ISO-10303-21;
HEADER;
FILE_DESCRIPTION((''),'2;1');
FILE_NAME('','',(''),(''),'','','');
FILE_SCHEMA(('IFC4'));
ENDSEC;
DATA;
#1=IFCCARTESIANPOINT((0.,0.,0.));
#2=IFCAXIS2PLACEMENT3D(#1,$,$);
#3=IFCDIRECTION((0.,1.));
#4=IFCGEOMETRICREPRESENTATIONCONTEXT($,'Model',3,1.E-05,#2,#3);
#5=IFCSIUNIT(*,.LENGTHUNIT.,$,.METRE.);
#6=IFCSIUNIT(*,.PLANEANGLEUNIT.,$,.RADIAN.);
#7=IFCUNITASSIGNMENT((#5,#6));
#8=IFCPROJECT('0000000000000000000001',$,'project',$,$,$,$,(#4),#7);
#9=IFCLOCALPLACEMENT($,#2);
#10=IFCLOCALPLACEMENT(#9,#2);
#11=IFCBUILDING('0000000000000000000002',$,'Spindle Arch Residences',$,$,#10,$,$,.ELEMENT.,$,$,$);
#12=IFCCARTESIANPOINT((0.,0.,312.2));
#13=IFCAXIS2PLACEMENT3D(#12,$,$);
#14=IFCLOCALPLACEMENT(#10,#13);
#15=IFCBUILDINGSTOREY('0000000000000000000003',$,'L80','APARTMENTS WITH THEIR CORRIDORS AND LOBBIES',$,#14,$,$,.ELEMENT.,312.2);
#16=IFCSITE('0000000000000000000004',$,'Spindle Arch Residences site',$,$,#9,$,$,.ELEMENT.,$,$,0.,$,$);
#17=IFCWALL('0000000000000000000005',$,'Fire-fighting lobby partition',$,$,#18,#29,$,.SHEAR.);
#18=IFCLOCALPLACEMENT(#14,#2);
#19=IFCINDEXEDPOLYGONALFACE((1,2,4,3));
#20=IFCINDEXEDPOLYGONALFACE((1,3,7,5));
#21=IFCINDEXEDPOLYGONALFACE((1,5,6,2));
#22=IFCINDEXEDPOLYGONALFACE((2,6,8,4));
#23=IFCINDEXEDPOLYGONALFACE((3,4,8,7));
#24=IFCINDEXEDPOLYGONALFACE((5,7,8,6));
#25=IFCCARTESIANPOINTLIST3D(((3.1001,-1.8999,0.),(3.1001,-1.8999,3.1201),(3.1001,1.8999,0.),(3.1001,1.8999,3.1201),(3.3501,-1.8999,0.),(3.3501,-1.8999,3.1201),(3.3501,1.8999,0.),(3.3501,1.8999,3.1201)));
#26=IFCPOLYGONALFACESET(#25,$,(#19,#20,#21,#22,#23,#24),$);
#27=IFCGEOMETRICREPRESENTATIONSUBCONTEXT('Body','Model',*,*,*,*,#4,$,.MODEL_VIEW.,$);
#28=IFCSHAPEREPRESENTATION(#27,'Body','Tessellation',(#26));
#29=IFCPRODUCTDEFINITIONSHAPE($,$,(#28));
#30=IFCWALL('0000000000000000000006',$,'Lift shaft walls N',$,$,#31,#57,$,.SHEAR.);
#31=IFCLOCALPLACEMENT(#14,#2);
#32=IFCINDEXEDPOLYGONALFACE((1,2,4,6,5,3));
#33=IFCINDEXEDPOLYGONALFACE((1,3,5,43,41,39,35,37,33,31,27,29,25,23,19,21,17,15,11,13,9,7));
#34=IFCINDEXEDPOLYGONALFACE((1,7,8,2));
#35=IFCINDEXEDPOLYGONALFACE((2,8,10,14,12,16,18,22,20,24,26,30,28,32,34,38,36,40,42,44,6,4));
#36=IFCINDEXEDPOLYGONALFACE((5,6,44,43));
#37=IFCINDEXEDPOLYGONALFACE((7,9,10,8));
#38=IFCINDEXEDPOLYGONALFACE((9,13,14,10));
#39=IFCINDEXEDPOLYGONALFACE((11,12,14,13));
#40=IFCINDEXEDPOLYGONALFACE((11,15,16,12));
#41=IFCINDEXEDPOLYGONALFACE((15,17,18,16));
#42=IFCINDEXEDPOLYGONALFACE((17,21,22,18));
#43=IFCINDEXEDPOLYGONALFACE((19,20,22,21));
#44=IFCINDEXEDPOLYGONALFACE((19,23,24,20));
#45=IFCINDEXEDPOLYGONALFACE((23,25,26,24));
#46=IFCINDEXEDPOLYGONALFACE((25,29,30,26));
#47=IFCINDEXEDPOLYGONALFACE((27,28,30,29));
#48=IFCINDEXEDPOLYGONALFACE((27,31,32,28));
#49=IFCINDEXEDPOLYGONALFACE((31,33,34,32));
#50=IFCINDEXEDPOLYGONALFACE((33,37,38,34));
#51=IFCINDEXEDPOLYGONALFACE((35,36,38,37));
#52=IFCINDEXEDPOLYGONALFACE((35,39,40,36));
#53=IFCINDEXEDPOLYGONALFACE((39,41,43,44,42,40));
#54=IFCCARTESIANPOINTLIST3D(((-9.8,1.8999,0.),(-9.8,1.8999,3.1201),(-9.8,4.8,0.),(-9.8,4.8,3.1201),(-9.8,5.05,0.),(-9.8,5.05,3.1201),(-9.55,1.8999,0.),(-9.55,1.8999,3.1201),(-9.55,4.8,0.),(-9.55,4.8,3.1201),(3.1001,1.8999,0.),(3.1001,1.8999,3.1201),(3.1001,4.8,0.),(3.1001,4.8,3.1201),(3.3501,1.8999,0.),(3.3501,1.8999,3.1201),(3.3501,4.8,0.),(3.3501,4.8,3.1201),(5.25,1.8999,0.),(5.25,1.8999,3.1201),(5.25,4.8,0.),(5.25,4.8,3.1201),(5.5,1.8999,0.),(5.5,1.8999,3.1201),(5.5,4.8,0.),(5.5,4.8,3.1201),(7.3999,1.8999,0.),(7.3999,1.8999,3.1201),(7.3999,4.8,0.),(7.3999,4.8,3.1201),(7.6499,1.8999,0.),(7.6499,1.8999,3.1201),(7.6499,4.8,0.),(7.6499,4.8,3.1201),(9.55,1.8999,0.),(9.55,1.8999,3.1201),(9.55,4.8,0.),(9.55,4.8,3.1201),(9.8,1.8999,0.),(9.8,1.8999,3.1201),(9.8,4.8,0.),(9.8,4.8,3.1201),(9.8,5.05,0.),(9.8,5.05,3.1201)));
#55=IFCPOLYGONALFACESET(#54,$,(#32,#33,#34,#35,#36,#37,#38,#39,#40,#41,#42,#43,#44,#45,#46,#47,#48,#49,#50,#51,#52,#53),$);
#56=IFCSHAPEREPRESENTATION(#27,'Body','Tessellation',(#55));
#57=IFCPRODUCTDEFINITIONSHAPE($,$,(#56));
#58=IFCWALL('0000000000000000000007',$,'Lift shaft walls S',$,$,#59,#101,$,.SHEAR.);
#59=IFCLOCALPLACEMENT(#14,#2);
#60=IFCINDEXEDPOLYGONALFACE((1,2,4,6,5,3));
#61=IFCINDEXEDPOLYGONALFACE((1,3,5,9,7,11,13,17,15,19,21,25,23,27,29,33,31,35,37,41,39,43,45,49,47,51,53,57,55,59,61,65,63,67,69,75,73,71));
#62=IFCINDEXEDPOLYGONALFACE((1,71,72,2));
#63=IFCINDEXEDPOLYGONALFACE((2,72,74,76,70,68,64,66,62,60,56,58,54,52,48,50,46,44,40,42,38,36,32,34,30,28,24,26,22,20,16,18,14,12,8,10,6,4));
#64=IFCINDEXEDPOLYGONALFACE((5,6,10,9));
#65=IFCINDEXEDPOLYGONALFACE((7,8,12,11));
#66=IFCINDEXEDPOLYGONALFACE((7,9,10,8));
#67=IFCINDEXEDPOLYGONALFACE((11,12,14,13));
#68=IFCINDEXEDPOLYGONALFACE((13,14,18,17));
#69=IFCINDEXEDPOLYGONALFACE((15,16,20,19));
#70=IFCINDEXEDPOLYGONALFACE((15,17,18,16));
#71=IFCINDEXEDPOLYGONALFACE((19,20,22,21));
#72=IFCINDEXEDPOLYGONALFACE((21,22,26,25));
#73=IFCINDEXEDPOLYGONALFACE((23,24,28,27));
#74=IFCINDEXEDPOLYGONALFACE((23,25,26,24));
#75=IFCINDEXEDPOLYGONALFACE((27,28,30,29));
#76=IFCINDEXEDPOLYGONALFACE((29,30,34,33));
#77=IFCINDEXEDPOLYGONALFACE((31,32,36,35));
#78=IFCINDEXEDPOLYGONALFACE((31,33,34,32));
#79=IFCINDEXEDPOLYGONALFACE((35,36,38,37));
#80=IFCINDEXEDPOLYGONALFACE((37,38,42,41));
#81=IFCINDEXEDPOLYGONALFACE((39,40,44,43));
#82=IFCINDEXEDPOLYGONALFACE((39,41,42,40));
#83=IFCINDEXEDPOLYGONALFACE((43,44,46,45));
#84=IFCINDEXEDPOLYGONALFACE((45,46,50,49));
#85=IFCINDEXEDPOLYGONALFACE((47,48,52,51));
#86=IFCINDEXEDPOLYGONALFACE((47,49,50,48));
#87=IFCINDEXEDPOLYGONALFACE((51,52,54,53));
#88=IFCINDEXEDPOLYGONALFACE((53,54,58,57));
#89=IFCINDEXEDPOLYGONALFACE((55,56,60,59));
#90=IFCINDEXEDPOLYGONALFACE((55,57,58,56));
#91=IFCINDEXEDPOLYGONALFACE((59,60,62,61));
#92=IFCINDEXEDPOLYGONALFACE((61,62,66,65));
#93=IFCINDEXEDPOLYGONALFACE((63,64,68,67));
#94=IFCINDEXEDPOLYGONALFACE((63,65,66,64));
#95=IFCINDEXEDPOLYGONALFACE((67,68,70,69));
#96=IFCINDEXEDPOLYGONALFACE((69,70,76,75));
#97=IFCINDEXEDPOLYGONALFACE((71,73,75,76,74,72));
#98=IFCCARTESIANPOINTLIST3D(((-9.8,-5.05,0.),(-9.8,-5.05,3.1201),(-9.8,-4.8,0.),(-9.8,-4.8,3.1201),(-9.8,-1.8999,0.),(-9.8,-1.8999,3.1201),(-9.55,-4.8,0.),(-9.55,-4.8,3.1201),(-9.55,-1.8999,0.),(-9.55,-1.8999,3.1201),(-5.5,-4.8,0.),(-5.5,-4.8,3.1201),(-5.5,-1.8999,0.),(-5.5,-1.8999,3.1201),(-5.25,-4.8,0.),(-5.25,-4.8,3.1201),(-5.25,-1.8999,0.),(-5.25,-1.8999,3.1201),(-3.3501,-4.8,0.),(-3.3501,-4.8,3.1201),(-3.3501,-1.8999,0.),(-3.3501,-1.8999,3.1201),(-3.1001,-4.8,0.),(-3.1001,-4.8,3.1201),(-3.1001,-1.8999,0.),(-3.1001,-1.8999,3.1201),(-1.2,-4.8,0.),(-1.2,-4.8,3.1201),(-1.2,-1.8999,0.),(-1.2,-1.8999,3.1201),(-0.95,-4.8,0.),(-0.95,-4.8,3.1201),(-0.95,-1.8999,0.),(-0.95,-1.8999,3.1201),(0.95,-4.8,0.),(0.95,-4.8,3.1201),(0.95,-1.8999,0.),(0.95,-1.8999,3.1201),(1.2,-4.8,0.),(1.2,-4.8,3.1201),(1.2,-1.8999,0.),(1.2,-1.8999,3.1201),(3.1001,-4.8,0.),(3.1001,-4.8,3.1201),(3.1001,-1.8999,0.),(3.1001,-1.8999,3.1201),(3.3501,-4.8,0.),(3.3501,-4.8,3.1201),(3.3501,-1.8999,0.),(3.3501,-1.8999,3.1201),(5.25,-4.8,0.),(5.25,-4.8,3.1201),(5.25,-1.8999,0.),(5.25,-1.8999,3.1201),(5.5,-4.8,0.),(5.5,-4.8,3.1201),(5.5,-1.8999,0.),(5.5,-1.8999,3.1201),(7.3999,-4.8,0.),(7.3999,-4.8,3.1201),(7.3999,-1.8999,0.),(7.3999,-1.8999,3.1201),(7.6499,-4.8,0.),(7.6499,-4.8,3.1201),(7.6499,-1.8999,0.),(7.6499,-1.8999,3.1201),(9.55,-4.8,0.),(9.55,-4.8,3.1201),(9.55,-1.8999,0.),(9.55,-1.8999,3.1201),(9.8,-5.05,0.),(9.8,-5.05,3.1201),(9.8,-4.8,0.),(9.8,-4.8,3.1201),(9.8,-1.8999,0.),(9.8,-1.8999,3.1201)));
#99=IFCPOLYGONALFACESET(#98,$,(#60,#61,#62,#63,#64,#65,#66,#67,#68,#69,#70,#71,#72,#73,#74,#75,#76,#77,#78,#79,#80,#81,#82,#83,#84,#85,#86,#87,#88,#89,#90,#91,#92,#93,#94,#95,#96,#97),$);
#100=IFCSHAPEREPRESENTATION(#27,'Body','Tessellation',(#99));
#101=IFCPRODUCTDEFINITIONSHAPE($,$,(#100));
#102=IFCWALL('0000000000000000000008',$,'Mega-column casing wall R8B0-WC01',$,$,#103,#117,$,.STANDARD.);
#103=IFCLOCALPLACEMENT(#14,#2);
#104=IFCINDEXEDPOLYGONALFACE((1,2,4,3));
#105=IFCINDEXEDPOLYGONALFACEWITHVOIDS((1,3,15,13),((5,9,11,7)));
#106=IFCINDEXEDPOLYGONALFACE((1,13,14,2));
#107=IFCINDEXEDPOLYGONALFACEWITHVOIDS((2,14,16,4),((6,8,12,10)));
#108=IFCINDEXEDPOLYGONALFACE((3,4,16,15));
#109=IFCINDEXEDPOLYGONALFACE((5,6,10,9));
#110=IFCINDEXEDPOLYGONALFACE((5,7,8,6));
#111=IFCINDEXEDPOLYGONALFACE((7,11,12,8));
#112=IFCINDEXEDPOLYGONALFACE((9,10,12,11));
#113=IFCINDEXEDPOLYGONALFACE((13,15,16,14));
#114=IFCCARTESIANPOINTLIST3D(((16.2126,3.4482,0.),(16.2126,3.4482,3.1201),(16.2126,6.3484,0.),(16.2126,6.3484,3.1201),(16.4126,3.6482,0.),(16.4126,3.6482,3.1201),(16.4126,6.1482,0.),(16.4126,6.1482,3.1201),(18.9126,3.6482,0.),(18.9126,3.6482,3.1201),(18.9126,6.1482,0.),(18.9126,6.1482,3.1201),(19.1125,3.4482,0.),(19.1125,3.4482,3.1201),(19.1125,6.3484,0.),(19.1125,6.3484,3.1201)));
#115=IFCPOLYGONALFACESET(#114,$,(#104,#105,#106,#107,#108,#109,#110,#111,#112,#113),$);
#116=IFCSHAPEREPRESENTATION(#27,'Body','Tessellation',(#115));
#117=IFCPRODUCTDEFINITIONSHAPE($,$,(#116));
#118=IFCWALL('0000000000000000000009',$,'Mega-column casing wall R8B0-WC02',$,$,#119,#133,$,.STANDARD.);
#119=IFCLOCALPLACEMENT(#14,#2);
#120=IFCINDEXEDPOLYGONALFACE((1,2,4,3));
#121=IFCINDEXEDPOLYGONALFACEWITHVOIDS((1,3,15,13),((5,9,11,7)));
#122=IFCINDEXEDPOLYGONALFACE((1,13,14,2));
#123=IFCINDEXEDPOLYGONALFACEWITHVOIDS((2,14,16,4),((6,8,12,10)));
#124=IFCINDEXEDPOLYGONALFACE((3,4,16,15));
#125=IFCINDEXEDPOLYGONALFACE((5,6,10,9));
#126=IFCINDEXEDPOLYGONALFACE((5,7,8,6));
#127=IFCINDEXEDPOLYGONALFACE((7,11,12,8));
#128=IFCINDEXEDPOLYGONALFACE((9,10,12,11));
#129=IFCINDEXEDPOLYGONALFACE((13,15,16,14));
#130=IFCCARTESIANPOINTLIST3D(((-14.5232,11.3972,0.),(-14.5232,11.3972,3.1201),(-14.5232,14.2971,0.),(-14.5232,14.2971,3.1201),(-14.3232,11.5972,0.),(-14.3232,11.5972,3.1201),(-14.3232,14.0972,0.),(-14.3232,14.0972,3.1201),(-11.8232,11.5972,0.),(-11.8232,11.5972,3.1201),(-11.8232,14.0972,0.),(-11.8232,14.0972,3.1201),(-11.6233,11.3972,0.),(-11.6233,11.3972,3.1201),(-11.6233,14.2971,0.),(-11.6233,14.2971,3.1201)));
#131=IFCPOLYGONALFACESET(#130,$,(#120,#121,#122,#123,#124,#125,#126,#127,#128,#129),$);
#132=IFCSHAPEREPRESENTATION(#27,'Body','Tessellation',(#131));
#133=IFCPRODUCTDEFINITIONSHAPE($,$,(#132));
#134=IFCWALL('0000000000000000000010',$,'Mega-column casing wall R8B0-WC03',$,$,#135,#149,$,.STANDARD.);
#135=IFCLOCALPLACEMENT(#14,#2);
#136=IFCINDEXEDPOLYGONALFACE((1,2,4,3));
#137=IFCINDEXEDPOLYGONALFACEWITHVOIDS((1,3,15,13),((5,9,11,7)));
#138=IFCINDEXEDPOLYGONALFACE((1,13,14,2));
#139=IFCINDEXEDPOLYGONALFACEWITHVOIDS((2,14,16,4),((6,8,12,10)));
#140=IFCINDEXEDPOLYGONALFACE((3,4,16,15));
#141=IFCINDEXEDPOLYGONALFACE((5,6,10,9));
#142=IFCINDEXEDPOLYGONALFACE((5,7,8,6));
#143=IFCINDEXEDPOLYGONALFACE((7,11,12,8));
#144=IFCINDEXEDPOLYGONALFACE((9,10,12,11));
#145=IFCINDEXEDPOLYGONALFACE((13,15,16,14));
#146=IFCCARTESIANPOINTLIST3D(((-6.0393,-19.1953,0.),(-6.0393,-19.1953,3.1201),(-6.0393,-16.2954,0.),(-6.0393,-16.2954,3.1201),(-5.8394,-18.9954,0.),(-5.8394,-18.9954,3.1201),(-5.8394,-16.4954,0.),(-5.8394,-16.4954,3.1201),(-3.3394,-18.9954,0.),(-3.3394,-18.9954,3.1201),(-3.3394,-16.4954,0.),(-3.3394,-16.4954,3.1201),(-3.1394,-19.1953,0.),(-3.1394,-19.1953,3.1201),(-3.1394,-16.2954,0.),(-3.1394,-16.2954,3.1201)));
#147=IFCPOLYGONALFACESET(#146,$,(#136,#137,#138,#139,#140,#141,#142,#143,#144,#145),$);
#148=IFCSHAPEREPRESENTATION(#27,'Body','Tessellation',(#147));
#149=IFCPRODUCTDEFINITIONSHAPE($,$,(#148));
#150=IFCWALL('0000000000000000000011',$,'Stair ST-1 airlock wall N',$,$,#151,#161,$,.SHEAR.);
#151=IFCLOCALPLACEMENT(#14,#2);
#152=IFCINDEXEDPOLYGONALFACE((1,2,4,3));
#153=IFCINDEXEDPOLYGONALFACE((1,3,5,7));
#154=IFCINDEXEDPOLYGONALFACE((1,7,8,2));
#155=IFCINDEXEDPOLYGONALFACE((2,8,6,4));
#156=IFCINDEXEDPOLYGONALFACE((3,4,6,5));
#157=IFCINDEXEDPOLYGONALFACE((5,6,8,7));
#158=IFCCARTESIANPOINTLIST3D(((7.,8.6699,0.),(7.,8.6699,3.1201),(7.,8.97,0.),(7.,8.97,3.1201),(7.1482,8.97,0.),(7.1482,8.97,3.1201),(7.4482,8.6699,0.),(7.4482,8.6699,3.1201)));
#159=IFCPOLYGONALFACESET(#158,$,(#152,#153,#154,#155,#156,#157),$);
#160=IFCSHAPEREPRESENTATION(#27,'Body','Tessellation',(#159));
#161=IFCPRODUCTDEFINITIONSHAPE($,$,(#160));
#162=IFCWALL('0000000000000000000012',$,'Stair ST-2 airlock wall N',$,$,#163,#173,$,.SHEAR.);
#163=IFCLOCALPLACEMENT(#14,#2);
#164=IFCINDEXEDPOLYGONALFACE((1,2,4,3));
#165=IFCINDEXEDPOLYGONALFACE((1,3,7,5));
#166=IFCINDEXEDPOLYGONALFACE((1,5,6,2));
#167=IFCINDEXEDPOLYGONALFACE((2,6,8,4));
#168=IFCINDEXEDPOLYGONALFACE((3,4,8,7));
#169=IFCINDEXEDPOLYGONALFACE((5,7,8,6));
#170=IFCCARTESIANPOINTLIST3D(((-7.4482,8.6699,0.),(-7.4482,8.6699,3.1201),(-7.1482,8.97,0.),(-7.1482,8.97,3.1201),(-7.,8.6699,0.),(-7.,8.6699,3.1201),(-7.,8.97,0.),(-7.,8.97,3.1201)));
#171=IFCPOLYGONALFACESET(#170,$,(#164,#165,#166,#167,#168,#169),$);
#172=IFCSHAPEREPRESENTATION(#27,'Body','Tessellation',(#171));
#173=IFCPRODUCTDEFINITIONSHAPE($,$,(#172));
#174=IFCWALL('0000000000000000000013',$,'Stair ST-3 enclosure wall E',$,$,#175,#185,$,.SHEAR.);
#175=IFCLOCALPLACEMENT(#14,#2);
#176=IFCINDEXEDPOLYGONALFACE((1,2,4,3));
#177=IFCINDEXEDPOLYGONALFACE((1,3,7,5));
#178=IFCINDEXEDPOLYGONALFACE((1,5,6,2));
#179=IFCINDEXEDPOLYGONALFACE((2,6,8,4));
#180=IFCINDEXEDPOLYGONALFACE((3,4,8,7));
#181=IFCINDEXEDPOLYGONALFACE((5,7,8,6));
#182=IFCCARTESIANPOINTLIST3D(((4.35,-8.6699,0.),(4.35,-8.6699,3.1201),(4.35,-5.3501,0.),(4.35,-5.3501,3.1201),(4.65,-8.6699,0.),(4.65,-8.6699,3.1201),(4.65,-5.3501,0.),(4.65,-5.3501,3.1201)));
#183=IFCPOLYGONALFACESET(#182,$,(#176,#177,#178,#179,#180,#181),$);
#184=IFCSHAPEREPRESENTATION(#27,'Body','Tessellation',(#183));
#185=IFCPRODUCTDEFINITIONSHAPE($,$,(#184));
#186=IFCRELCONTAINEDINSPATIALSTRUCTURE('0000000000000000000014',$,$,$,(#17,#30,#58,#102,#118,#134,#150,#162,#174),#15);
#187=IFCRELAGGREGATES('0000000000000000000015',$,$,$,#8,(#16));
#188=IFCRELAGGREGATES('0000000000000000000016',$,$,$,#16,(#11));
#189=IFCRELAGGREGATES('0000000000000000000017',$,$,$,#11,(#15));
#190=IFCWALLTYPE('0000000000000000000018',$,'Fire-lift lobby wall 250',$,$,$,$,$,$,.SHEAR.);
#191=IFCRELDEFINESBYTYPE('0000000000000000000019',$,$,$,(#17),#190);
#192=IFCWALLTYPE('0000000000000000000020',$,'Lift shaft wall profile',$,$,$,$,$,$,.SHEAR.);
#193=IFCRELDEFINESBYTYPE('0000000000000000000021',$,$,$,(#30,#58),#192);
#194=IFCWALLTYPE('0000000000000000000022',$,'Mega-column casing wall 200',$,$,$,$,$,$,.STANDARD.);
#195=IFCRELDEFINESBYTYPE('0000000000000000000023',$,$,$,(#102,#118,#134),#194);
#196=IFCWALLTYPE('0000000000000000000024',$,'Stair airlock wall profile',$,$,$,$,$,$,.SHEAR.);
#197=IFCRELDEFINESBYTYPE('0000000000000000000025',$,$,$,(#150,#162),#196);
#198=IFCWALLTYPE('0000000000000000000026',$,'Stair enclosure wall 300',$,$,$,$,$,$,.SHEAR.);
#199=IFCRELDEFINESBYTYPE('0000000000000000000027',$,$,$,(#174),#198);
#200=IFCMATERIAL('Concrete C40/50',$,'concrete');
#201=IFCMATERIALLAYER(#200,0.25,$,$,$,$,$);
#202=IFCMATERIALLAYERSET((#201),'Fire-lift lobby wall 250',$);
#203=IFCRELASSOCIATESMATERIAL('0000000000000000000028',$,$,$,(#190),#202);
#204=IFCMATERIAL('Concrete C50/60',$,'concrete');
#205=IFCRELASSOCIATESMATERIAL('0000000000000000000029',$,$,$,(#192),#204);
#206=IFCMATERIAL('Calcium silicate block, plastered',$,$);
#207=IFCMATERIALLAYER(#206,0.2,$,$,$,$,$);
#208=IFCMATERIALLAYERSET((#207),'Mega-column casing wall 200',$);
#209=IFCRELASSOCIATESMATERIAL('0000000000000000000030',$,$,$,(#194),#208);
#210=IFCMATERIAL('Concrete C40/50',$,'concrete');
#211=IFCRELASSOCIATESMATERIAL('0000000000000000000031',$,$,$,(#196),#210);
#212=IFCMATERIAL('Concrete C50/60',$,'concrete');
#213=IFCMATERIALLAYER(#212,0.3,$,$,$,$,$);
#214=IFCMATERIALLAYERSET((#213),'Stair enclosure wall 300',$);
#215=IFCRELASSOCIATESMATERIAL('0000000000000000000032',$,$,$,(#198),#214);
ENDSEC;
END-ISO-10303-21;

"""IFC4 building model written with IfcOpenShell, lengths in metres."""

from ifc_helpers import new_model, si_unit, direction, frame, frame_2d, origin, place, context, subcontext, project, spatial, polyline, rectangle, outline, extrude, material, layer, layer_set, type_object, element, save


model = new_model("IFC4")

# Units and contexts
model_context = context("Model", 3, precision=1e-05, world=origin(), true_north=direction((0.0, 1.0)))
body_context = subcontext(model_context, "Body", "Model", "MODEL_VIEW")
ifc_project = project(units=[si_unit("LENGTHUNIT", "METRE"), si_unit("PLANEANGLEUNIT", "RADIAN")], contexts=[model_context])

# Site, building, storey
site_placement = place(None, origin())
site = spatial("IfcSite", under=ifc_project, at=site_placement, Name="Spindle Arch Residences site", CompositionType="ELEMENT", RefElevation=0.0)
building_placement = place(site_placement, origin())
building = spatial("IfcBuilding", under=site, at=building_placement, Name="Spindle Arch Residences", CompositionType="ELEMENT")
storey_placement = place(building_placement, frame((0.0, 0.0, 312.2)))
storey = spatial("IfcBuildingStorey", under=building, at=storey_placement, Name="L80", Description="APARTMENTS WITH THEIR CORRIDORS AND LOBBIES", CompositionType="ELEMENT", Elevation=312.2)

# Wall
ifc_material_1 = material(Name="Concrete C40/50", Category="concrete")
ifc_layer_1 = layer(ifc_material_1, 0.25)
ifc_layer_set_1 = layer_set([ifc_layer_1], Name="Fire-lift lobby wall 250")
wall_type_1 = type_object("IfcWallType", Name="Fire-lift lobby wall 250", PredefinedType="SHEAR", material=ifc_layer_set_1)
wall_1_placement = place(storey_placement, frame((3.2251, -1.8999, 0.0), z_axis=(0.0, 0.0, 1.0), x_axis=(0.0, 1.0, 0.0)))
element("IfcWall", 1, at=wall_1_placement, inside=storey, type_object=wall_type_1, Name="Fire-fighting lobby partition", PredefinedType="SHEAR", context=body_context, shape_type="SweptSolid", body=[
    extrude(rectangle(XDim=3.7998, YDim=0.25, at=frame_2d((1.8999, 0.0))), origin(), (0.0, 0.0, 1.0), 3.1201),
])

# Walls
ifc_material_2 = material(Name="Concrete C50/60", Category="concrete")
wall_type_2 = type_object("IfcWallType", Name="Lift shaft wall profile", PredefinedType="SHEAR", material=ifc_material_2)
wall_2_placement = place(storey_placement, origin())
element("IfcWall", 2, at=wall_2_placement, inside=storey, type_object=wall_type_2, Name="Lift shaft walls N", PredefinedType="SHEAR", context=body_context, shape_type="SweptSolid", body=[
    extrude(outline(polyline([(-9.8, 1.8999), (-9.55, 1.8999), (-9.55, 4.8), (3.1001, 4.8), (3.1001, 1.8999), (3.3501, 1.8999), (3.3501, 4.8), (5.25, 4.8), (5.25, 1.8999), (5.5, 1.8999), (5.5, 4.8), (7.3999, 4.8), (7.3999, 1.8999), (7.6499, 1.8999), (7.6499, 4.8), (9.55, 4.8), (9.55, 1.8999), (9.8, 1.8999), (9.8, 4.8), (9.8, 5.05), (-9.8, 5.05), (-9.8, 4.8), (-9.8, 1.8999)])), origin(), (0.0, 0.0, 1.0), 3.1201),
])
wall_3_placement = place(storey_placement, origin())
element("IfcWall", 3, at=wall_3_placement, inside=storey, type_object=wall_type_2, Name="Lift shaft walls S", PredefinedType="SHEAR", context=body_context, shape_type="SweptSolid", body=[
    extrude(outline(polyline([(9.8, -5.05), (9.8, -4.8), (9.8, -1.8999), (9.55, -1.8999), (9.55, -4.8), (7.6499, -4.8), (7.6499, -1.8999), (7.3999, -1.8999), (7.3999, -4.8), (5.5, -4.8), (5.5, -1.8999), (5.25, -1.8999), (5.25, -4.8), (3.3501, -4.8), (3.3501, -1.8999), (3.1001, -1.8999), (3.1001, -4.8), (1.2, -4.8), (1.2, -1.8999), (0.95, -1.8999), (0.95, -4.8), (-0.95, -4.8), (-0.95, -1.8999), (-1.2, -1.8999), (-1.2, -4.8), (-3.1001, -4.8), (-3.1001, -1.8999), (-3.3501, -1.8999), (-3.3501, -4.8), (-5.25, -4.8), (-5.25, -1.8999), (-5.5, -1.8999), (-5.5, -4.8), (-9.55, -4.8), (-9.55, -1.8999), (-9.8, -1.8999), (-9.8, -4.8), (-9.8, -5.05), (9.8, -5.05)])), origin(), (0.0, 0.0, 1.0), 3.1201),
])
ifc_material_3 = material(Name="Calcium silicate block, plastered")
ifc_layer_2 = layer(ifc_material_3, 0.2)
ifc_layer_set_2 = layer_set([ifc_layer_2], Name="Mega-column casing wall 200")
wall_type_3 = type_object("IfcWallType", Name="Mega-column casing wall 200", PredefinedType="STANDARD", material=ifc_layer_set_2)
wall_4_placement = place(storey_placement, origin())
element("IfcWall", 4, at=wall_4_placement, inside=storey, type_object=wall_type_3, Name="Mega-column casing wall R8B0-WC01", PredefinedType="STANDARD", context=body_context, shape_type="SweptSolid", body=[
    extrude(outline(polyline([(19.1125, 6.3484), (19.1125, 3.4482), (16.2126, 3.4482), (16.2126, 6.3484), (19.1125, 6.3484)]), holes=[polyline([(16.4126, 3.6482), (18.9126, 3.6482), (18.9126, 6.1482), (16.4126, 6.1482), (16.4126, 3.6482)])]), origin(), (0.0, 0.0, 1.0), 3.1201),
])
wall_5_placement = place(storey_placement, origin())
element("IfcWall", 5, at=wall_5_placement, inside=storey, type_object=wall_type_3, Name="Mega-column casing wall R8B0-WC02", PredefinedType="STANDARD", context=body_context, shape_type="SweptSolid", body=[
    extrude(outline(polyline([(-11.6233, 14.2971), (-11.6233, 11.3972), (-14.5232, 11.3972), (-14.5232, 14.2971), (-11.6233, 14.2971)]), holes=[polyline([(-14.3232, 11.5972), (-11.8232, 11.5972), (-11.8232, 14.0972), (-14.3232, 14.0972), (-14.3232, 11.5972)])]), origin(), (0.0, 0.0, 1.0), 3.1201),
])
wall_6_placement = place(storey_placement, origin())
element("IfcWall", 6, at=wall_6_placement, inside=storey, type_object=wall_type_3, Name="Mega-column casing wall R8B0-WC03", PredefinedType="STANDARD", context=body_context, shape_type="SweptSolid", body=[
    extrude(outline(polyline([(-3.1394, -16.2954), (-3.1394, -19.1953), (-6.0393, -19.1953), (-6.0393, -16.2954), (-3.1394, -16.2954)]), holes=[polyline([(-5.8394, -18.9954), (-3.3394, -18.9954), (-3.3394, -16.4954), (-5.8394, -16.4954), (-5.8394, -18.9954)])]), origin(), (0.0, 0.0, 1.0), 3.1201),
])
ifc_material_4 = material(Name="Concrete C40/50", Category="concrete")
wall_type_4 = type_object("IfcWallType", Name="Stair airlock wall profile", PredefinedType="SHEAR", material=ifc_material_4)
wall_7_placement = place(storey_placement, origin())
element("IfcWall", 7, at=wall_7_placement, inside=storey, type_object=wall_type_4, Name="Stair ST-1 airlock wall N", PredefinedType="SHEAR", context=body_context, shape_type="SweptSolid", body=[
    extrude(outline(polyline([(7.4482, 8.6699), (7.0, 8.6699), (7.0, 8.97), (7.1482, 8.97), (7.4482, 8.6699)])), origin(), (0.0, 0.0, 1.0), 3.1201),
])
wall_8_placement = place(storey_placement, origin())
element("IfcWall", 8, at=wall_8_placement, inside=storey, type_object=wall_type_4, Name="Stair ST-2 airlock wall N", PredefinedType="SHEAR", context=body_context, shape_type="SweptSolid", body=[
    extrude(outline(polyline([(-7.1482, 8.97), (-7.0, 8.97), (-7.0, 8.6699), (-7.4482, 8.6699), (-7.1482, 8.97)])), origin(), (0.0, 0.0, 1.0), 3.1201),
])
ifc_material_5 = material(Name="Concrete C50/60", Category="concrete")
ifc_layer_3 = layer(ifc_material_5, 0.3)
ifc_layer_set_3 = layer_set([ifc_layer_3], Name="Stair enclosure wall 300")
wall_type_5 = type_object("IfcWallType", Name="Stair enclosure wall 300", PredefinedType="SHEAR", material=ifc_layer_set_3)
wall_9_placement = place(storey_placement, frame((4.5, -8.6699, 0.0), z_axis=(0.0, 0.0, 1.0), x_axis=(0.0, 1.0, 0.0)))
element("IfcWall", 9, at=wall_9_placement, inside=storey, type_object=wall_type_5, Name="Stair ST-3 enclosure wall E", PredefinedType="SHEAR", context=body_context, shape_type="SweptSolid", body=[
    extrude(rectangle(XDim=3.3198, YDim=0.3, at=frame_2d((1.6599, 0.0))), origin(), (0.0, 0.0, 1.0), 3.1201),
])

save(model, "model.ifc")
